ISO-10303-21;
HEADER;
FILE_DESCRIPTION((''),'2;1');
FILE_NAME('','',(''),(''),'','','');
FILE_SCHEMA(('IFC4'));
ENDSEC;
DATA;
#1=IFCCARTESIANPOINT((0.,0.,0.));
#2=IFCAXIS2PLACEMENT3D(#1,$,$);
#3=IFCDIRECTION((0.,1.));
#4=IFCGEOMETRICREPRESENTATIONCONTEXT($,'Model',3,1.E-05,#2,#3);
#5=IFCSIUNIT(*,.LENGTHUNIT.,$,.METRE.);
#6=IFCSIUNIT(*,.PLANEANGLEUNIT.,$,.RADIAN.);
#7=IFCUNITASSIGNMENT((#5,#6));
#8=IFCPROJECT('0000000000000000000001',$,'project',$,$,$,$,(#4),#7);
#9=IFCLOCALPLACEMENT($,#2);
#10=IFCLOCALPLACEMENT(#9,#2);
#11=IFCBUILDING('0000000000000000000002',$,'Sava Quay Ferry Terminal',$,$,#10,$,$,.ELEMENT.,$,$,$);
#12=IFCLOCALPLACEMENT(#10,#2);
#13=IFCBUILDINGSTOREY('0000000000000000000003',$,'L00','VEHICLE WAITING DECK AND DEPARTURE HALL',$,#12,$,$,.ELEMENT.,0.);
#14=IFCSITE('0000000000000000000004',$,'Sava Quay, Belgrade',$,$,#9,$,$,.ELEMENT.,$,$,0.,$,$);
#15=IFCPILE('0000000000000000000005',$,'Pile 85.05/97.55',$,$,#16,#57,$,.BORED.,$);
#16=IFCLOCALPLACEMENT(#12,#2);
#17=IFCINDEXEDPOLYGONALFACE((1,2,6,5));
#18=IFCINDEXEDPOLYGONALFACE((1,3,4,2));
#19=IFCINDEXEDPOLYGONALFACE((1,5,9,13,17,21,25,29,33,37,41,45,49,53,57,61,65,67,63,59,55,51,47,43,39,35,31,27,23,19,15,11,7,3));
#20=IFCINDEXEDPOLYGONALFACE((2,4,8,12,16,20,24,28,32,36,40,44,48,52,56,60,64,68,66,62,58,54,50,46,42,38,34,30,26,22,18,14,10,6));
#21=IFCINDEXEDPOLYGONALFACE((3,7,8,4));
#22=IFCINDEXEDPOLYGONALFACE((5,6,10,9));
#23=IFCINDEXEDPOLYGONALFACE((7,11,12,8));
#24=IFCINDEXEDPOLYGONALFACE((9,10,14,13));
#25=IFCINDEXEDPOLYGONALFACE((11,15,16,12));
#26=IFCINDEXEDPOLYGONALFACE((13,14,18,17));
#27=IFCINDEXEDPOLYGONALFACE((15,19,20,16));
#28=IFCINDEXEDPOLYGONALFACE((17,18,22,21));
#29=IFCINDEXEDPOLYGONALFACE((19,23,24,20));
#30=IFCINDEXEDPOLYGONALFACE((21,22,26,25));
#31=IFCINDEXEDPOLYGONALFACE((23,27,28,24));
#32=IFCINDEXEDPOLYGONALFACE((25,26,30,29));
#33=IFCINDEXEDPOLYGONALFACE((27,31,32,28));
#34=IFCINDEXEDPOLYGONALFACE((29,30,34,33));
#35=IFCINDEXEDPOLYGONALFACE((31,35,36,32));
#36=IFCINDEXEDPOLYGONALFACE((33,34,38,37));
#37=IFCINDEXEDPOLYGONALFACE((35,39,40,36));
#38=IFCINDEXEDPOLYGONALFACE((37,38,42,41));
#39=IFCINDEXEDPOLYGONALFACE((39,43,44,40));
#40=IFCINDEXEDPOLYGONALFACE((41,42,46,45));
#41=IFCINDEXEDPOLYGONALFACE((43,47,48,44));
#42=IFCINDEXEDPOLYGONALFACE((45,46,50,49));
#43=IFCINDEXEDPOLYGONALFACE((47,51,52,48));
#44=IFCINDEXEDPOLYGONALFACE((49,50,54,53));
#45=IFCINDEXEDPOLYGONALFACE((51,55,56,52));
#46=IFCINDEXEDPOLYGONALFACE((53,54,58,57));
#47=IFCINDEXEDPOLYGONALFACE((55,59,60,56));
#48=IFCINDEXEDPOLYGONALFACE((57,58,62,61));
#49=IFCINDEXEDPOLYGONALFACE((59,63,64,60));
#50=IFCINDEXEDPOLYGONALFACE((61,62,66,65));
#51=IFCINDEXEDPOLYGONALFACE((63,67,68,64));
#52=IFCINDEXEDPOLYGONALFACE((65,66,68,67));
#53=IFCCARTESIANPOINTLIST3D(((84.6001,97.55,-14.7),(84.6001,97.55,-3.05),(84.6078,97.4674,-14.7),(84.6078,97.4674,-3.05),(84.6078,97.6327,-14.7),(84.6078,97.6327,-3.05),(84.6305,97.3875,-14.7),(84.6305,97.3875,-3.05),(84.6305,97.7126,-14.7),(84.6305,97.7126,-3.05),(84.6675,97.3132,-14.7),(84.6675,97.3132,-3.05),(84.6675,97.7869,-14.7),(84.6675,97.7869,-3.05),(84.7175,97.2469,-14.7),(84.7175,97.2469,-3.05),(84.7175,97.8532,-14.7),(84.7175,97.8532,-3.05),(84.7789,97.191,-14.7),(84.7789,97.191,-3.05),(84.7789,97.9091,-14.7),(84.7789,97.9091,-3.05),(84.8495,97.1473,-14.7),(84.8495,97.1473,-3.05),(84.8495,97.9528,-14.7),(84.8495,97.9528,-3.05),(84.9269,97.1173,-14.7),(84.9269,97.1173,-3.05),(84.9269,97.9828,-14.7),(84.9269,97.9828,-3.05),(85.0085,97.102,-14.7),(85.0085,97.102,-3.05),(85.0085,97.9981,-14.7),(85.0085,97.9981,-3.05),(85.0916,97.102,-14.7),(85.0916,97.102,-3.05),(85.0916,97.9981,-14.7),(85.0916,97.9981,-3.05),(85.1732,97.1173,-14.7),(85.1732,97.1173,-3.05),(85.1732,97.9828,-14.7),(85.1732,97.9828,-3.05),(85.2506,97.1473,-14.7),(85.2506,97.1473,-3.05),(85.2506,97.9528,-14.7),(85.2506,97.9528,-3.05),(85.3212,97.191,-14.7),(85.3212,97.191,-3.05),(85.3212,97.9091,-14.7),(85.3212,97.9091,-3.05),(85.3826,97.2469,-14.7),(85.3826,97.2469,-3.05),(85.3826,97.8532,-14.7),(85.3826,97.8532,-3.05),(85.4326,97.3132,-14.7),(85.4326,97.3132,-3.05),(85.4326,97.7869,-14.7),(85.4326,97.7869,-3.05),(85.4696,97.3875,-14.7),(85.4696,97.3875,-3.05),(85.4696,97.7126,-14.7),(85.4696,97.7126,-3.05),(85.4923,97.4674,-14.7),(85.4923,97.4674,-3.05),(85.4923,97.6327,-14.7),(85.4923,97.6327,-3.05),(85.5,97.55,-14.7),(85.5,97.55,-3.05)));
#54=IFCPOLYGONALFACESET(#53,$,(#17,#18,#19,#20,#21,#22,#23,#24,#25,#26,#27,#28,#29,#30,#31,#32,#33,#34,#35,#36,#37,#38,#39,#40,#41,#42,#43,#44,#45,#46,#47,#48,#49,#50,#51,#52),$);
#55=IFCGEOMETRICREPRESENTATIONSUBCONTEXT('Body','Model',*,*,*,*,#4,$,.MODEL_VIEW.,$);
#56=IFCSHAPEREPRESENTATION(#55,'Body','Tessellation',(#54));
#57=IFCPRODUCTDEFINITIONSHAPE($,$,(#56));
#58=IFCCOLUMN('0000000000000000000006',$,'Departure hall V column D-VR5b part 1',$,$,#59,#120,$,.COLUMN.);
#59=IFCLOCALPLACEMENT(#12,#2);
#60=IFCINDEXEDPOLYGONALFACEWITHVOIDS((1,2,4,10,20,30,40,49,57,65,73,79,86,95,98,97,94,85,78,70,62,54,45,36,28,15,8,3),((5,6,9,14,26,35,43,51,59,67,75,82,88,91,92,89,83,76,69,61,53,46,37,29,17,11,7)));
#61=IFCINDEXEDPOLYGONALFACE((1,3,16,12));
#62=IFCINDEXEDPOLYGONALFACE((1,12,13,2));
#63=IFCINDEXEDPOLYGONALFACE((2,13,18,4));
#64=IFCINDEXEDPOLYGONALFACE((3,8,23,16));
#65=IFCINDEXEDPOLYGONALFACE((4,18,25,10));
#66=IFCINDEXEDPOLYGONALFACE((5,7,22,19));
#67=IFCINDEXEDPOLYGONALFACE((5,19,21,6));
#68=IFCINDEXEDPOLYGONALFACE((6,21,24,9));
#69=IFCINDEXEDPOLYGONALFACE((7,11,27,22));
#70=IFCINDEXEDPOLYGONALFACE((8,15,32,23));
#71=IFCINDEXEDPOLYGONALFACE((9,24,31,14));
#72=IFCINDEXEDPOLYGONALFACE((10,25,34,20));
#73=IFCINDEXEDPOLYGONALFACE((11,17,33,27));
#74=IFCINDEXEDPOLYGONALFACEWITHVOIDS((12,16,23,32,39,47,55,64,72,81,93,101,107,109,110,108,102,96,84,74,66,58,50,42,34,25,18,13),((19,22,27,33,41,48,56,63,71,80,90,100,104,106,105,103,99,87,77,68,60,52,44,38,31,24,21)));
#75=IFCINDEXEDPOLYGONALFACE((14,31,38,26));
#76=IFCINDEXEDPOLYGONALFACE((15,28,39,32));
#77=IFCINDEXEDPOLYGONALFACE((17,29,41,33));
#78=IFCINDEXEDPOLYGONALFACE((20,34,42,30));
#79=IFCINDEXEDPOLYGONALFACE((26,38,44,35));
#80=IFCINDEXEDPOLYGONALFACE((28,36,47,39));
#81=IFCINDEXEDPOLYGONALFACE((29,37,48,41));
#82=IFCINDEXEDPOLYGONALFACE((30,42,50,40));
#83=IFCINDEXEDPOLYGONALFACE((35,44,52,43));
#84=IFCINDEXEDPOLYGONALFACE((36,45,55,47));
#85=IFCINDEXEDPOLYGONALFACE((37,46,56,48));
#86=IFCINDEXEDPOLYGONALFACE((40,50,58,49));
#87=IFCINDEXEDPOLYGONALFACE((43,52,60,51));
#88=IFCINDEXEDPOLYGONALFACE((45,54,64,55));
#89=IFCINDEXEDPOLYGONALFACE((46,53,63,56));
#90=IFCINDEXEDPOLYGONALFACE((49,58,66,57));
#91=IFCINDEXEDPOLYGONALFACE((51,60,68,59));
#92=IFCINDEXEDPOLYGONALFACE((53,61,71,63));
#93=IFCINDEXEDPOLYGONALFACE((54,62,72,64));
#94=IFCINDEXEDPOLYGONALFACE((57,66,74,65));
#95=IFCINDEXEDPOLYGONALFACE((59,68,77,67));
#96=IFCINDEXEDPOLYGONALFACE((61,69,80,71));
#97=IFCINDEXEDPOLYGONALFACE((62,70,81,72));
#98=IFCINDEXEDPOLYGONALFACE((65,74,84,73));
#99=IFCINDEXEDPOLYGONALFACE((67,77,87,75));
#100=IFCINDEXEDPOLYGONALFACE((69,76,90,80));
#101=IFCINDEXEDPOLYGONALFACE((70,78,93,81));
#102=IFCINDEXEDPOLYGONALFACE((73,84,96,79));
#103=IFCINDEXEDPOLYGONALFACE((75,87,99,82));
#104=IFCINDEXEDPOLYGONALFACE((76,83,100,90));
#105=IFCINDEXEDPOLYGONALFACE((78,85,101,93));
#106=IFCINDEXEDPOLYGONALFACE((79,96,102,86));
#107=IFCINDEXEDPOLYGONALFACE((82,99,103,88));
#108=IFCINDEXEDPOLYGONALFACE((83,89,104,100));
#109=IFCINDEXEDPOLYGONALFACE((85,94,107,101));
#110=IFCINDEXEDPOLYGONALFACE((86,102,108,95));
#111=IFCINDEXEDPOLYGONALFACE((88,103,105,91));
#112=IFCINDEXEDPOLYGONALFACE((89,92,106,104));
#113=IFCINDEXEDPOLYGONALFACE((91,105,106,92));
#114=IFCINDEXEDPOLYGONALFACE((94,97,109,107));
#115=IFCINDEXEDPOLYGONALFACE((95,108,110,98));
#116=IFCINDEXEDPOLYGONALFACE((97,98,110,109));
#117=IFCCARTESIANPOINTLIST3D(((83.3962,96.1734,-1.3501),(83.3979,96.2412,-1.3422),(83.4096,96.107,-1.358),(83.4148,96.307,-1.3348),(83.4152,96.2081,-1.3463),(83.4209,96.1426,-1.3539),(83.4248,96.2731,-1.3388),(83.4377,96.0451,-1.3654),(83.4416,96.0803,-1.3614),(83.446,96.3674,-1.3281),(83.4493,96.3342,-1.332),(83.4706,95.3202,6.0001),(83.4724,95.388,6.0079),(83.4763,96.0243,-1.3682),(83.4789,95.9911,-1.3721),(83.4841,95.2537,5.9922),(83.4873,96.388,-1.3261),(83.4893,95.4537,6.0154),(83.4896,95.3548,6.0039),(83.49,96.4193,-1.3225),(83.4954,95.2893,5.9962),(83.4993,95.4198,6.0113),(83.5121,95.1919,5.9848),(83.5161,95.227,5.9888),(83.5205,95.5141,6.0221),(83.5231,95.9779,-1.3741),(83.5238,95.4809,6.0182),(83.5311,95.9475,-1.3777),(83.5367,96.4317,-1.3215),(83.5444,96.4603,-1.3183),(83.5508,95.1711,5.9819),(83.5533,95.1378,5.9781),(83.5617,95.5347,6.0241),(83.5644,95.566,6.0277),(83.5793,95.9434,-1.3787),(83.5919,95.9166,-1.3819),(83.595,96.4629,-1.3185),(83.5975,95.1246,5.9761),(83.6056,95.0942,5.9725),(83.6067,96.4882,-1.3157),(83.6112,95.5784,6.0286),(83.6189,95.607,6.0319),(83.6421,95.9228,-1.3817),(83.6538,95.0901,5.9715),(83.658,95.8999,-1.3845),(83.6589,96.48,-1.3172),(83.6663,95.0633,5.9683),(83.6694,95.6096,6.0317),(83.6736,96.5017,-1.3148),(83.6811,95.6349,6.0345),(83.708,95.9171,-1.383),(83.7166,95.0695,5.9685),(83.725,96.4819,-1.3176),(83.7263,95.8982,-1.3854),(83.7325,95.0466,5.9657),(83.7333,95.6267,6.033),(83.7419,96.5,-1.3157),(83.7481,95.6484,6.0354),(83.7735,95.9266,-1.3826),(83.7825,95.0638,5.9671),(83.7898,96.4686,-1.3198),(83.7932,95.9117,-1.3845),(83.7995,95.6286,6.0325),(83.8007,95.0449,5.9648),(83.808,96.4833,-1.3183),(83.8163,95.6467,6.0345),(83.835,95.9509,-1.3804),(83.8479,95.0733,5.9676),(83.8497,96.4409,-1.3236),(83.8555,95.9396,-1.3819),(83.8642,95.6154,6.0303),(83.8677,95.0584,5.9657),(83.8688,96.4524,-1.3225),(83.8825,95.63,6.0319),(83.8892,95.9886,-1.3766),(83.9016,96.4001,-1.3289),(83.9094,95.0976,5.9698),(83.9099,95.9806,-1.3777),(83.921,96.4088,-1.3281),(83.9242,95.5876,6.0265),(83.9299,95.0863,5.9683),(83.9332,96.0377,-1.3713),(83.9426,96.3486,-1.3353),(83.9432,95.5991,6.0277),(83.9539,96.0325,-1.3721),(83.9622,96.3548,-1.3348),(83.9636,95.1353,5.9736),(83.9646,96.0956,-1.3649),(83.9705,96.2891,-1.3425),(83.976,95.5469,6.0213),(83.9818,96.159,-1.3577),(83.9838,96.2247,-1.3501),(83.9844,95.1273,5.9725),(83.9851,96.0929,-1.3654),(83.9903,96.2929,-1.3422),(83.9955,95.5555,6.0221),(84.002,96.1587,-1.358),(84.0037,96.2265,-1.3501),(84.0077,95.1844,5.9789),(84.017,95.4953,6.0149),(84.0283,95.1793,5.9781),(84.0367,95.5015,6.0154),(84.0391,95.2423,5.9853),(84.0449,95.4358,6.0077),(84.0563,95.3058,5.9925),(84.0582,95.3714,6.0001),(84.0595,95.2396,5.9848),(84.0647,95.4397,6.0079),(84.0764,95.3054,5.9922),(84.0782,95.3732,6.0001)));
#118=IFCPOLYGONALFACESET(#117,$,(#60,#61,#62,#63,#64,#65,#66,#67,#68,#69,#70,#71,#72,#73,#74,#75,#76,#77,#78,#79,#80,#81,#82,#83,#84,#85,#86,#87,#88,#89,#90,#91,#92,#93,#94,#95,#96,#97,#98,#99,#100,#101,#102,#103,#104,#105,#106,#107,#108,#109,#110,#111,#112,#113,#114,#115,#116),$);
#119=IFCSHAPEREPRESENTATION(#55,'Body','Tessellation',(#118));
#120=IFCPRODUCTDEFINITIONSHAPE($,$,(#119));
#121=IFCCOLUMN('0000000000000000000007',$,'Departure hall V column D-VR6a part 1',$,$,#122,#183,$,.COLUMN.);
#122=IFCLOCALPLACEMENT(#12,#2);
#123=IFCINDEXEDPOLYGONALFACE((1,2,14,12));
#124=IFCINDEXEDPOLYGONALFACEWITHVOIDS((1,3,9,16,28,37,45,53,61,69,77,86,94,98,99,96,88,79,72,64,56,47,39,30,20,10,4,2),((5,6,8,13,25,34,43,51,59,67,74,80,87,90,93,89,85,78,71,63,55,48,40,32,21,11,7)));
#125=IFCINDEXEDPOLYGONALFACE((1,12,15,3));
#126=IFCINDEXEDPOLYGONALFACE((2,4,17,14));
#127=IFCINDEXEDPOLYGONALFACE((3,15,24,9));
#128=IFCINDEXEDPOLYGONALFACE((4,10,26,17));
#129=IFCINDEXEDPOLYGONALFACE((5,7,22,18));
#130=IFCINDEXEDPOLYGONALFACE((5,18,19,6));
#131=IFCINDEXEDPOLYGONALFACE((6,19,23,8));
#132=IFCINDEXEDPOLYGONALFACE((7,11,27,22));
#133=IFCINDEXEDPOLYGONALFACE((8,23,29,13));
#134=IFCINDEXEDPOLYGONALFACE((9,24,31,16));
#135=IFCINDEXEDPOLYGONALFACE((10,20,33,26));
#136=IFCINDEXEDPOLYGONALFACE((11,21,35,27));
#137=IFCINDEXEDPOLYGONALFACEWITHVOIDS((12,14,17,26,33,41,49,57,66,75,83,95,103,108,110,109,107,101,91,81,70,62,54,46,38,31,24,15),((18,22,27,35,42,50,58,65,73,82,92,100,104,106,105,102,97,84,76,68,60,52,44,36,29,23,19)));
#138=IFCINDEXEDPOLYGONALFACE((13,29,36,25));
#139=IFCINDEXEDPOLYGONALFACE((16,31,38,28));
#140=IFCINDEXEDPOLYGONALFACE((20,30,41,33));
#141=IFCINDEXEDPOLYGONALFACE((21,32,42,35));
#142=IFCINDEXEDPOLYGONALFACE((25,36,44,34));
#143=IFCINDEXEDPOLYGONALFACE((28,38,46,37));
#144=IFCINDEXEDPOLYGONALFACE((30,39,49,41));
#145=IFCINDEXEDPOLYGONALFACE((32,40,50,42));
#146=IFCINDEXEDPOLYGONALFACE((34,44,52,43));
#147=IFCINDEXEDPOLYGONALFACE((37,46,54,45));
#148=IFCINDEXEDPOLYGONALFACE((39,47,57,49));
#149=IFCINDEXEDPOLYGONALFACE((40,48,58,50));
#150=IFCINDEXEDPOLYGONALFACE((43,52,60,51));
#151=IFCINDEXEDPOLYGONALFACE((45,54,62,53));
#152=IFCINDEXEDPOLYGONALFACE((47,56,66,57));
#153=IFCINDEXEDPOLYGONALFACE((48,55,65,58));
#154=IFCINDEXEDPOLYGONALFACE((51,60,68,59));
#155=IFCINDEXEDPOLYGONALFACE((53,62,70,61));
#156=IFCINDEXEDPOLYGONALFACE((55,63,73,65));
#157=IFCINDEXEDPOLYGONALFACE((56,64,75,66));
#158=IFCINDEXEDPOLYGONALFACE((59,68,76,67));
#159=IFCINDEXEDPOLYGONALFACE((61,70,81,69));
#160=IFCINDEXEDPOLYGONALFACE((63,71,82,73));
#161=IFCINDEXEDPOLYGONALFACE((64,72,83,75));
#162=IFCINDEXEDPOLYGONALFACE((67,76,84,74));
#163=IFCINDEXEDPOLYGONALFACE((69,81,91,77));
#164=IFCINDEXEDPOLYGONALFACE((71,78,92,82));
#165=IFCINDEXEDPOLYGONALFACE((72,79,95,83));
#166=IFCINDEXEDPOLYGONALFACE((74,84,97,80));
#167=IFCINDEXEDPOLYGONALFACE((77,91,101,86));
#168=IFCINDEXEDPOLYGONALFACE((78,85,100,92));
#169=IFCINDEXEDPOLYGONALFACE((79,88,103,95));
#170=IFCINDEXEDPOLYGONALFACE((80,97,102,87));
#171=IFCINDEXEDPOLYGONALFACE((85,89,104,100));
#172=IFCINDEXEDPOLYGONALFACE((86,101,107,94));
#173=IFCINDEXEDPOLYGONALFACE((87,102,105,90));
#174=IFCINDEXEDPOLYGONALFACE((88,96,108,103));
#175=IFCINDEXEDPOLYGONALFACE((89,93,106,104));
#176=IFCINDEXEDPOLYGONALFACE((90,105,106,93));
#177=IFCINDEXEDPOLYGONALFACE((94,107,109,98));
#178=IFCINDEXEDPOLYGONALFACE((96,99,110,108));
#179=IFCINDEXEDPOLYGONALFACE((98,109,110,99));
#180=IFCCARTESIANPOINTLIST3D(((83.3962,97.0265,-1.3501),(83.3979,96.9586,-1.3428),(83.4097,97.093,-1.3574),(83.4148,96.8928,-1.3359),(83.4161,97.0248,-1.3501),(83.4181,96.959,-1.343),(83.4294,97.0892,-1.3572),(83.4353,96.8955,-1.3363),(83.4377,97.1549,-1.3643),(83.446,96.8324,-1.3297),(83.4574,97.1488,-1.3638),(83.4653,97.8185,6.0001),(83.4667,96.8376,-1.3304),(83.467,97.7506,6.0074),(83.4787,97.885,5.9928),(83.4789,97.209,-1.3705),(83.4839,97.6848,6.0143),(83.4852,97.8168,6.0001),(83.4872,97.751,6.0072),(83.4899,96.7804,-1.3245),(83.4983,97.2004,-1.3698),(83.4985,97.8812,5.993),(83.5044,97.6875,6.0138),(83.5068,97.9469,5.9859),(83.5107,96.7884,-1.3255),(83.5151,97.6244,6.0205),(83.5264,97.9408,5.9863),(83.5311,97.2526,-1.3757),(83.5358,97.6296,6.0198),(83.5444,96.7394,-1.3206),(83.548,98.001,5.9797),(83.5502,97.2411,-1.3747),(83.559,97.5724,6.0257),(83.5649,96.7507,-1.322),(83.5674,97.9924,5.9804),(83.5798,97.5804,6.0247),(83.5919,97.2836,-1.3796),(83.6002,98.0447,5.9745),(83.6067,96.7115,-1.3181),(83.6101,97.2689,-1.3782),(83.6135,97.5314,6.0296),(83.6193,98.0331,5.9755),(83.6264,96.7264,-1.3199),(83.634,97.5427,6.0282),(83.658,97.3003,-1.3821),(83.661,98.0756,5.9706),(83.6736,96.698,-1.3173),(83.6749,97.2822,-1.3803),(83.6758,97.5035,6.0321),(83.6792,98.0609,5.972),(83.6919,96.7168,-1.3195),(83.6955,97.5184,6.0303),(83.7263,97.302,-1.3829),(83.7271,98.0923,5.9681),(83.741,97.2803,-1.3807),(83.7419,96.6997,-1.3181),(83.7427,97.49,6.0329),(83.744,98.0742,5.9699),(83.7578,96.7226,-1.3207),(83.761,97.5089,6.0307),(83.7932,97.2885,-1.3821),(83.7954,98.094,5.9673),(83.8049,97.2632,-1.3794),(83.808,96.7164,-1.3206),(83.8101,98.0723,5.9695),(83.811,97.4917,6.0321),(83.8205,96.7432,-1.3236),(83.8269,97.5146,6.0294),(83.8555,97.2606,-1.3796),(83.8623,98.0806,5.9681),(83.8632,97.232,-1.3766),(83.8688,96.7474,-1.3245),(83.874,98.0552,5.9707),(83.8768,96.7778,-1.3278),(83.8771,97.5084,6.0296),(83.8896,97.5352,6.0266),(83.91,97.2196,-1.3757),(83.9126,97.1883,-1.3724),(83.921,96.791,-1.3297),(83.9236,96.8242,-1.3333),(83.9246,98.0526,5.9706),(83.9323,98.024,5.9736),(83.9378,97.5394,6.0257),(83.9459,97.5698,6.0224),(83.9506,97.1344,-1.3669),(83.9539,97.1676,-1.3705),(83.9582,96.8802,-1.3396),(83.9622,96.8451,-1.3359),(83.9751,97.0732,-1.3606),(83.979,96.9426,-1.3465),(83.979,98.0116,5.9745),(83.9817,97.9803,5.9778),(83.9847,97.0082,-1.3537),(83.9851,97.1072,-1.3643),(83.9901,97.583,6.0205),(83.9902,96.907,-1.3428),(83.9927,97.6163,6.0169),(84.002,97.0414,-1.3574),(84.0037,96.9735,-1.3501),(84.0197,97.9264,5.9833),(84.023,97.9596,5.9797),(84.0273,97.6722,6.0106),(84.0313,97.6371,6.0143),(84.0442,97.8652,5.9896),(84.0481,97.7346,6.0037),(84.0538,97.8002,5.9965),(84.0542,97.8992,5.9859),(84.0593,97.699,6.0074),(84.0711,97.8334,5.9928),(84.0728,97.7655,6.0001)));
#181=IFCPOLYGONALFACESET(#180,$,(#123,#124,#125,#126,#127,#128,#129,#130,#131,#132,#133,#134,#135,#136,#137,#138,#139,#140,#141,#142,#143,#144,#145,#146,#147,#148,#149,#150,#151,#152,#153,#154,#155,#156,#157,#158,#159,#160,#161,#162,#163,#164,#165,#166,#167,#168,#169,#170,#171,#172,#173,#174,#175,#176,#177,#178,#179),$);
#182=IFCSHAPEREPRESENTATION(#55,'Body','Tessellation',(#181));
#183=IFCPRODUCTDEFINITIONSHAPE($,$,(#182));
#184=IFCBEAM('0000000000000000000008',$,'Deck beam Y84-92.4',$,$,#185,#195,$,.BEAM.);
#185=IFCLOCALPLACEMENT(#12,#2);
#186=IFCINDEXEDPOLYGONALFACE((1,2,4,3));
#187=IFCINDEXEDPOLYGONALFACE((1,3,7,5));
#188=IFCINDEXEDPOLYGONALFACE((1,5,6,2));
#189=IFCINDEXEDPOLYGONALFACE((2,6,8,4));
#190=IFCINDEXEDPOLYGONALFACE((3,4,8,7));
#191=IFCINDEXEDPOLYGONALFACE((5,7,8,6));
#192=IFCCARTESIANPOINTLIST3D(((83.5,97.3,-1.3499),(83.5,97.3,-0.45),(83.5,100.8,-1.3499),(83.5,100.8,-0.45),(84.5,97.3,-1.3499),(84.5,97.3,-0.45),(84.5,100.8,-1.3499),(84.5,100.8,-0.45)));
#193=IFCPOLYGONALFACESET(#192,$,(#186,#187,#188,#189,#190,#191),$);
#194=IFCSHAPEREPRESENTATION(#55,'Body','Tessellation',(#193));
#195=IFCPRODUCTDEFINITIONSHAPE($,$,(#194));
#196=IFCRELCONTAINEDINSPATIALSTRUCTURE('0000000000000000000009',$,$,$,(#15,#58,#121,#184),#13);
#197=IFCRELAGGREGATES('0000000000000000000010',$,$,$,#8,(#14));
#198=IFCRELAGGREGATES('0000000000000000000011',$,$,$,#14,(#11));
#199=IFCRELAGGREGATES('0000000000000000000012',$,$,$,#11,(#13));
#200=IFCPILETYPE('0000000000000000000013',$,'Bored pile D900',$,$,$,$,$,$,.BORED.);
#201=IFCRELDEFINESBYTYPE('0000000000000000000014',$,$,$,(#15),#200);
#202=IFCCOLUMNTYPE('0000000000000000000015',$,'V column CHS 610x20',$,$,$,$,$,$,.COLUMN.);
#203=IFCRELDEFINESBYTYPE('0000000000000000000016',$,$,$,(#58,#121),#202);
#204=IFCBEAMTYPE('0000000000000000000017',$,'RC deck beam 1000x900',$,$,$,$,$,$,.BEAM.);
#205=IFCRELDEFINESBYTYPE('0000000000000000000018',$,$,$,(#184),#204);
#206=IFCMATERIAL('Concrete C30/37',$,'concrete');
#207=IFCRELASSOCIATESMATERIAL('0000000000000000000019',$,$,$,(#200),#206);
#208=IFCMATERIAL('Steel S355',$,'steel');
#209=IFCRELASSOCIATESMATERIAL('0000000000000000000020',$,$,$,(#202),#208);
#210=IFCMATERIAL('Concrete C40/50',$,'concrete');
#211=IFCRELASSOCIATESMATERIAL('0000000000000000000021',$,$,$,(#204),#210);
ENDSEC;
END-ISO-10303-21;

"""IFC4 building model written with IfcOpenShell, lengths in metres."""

from ifc_helpers import new_model, si_unit, direction, frame, origin, origin_2d, place, context, subcontext, project, spatial, rectangle, circle, hollow_circle, extrude, material, material_profile, profile_set, type_object, element, save


model = new_model("IFC4")

# Units and contexts
model_context = context("Model", 3, precision=1e-05, world=origin(), true_north=direction((0.0, 1.0)))
body_context = subcontext(model_context, "Body", "Model", "MODEL_VIEW")
ifc_project = project(units=[si_unit("LENGTHUNIT", "METRE"), si_unit("PLANEANGLEUNIT", "RADIAN")], contexts=[model_context])

# Site, building, storey
site_placement = place(None, origin())
site = spatial("IfcSite", under=ifc_project, at=site_placement, Name="Sava Quay, Belgrade", CompositionType="ELEMENT", RefElevation=0.0)
building_placement = place(site_placement, origin())
building = spatial("IfcBuilding", under=site, at=building_placement, Name="Sava Quay Ferry Terminal", CompositionType="ELEMENT")
storey_placement = place(building_placement, origin())
storey = spatial("IfcBuildingStorey", under=building, at=storey_placement, Name="L00", Description="VEHICLE WAITING DECK AND DEPARTURE HALL", CompositionType="ELEMENT", Elevation=0.0)

# Pile
ifc_material_1 = material(Name="Concrete C30/37", Category="concrete")
ifc_material_profile_1 = material_profile(ifc_material_1, circle(Radius=0.45, at=origin_2d()), Name="Bored pile D900")
ifc_profile_set_1 = profile_set([ifc_material_profile_1], Name="Concrete C30/37")
pile_type = type_object("IfcPileType", Name="Bored pile D900", PredefinedType="BORED", material=ifc_profile_set_1)
for number, where, z_axis, x_axis, name in (
    (1, (85.05, 97.55, -3.05), (0.0, 0.0, -1.0), (1.0, 0.0, 0.0), "Pile 85.05/97.55"),
):
    element("IfcPile", number, at=place(storey_placement, frame(where, z_axis=z_axis, x_axis=x_axis)), inside=storey, type_object=pile_type, Name=name, PredefinedType="BORED", context=body_context, shape_type="SweptSolid", body=[
        extrude(circle(Radius=0.45, at=origin_2d()), origin(), (0.0, 0.0, 1.0), 11.6499),
    ])

# Columns
ifc_material_2 = material(Name="Steel S355", Category="steel")
ifc_material_profile_2 = material_profile(ifc_material_2, hollow_circle(Radius=0.3049, WallThickness=0.02, at=origin_2d()), Name="CHS 610 x 20.0")
ifc_profile_set_2 = profile_set([ifc_material_profile_2], Name="Steel S355")
column_type = type_object("IfcColumnType", Name="V column CHS 610x20", PredefinedType="COLUMN", material=ifc_profile_set_2)
column_1_placement = place(storey_placement, frame((83.7, 96.2, -1.3501), z_axis=(0.010063, -0.11531, 0.993279), x_axis=(0.996214, 0.086937, 0.0)))
element("IfcColumn", 2, at=column_1_placement, inside=storey, type_object=column_type, Name="Departure hall V column D-VR5b part 1", PredefinedType="COLUMN", context=body_context, shape_type="SweptSolid", body=[
    extrude(hollow_circle(Radius=0.3049, WallThickness=0.02, at=origin_2d()), origin(), (0.0, 0.0, 1.0), 7.3999),
])
column_2_placement = place(storey_placement, frame((83.7, 97.0, -1.3501), z_axis=(0.009346, 0.107128, 0.994201), x_axis=(-0.996216, 0.086908, 0.0)))
element("IfcColumn", 3, at=column_2_placement, inside=storey, type_object=column_type, Name="Departure hall V column D-VR6a part 1", PredefinedType="COLUMN", context=body_context, shape_type="SweptSolid", body=[
    extrude(hollow_circle(Radius=0.3049, WallThickness=0.02, at=origin_2d()), origin(), (0.0, 0.0, 1.0), 7.3931),
])

# Beam
ifc_material_3 = material(Name="Concrete C40/50", Category="concrete")
ifc_material_profile_3 = material_profile(ifc_material_3, rectangle(XDim=1.0, YDim=0.8999, at=origin_2d()), Name="RC 1000x900")
ifc_profile_set_3 = profile_set([ifc_material_profile_3], Name="Concrete C40/50")
beam_type = type_object("IfcBeamType", Name="RC deck beam 1000x900", PredefinedType="BEAM", material=ifc_profile_set_3)
beam_placement = place(storey_placement, frame((84.0, 97.3, -0.8999), z_axis=(0.0, 1.0, 0.0), x_axis=(-1.0, 0.0, 0.0)))
element("IfcBeam", 4, at=beam_placement, inside=storey, type_object=beam_type, Name="Deck beam Y84-92.4", PredefinedType="BEAM", context=body_context, shape_type="SweptSolid", body=[
    extrude(rectangle(XDim=1.0, YDim=0.8999, at=origin_2d()), origin(), (0.0, 0.0, 1.0), 3.5),
])

save(model, "model.ifc")
